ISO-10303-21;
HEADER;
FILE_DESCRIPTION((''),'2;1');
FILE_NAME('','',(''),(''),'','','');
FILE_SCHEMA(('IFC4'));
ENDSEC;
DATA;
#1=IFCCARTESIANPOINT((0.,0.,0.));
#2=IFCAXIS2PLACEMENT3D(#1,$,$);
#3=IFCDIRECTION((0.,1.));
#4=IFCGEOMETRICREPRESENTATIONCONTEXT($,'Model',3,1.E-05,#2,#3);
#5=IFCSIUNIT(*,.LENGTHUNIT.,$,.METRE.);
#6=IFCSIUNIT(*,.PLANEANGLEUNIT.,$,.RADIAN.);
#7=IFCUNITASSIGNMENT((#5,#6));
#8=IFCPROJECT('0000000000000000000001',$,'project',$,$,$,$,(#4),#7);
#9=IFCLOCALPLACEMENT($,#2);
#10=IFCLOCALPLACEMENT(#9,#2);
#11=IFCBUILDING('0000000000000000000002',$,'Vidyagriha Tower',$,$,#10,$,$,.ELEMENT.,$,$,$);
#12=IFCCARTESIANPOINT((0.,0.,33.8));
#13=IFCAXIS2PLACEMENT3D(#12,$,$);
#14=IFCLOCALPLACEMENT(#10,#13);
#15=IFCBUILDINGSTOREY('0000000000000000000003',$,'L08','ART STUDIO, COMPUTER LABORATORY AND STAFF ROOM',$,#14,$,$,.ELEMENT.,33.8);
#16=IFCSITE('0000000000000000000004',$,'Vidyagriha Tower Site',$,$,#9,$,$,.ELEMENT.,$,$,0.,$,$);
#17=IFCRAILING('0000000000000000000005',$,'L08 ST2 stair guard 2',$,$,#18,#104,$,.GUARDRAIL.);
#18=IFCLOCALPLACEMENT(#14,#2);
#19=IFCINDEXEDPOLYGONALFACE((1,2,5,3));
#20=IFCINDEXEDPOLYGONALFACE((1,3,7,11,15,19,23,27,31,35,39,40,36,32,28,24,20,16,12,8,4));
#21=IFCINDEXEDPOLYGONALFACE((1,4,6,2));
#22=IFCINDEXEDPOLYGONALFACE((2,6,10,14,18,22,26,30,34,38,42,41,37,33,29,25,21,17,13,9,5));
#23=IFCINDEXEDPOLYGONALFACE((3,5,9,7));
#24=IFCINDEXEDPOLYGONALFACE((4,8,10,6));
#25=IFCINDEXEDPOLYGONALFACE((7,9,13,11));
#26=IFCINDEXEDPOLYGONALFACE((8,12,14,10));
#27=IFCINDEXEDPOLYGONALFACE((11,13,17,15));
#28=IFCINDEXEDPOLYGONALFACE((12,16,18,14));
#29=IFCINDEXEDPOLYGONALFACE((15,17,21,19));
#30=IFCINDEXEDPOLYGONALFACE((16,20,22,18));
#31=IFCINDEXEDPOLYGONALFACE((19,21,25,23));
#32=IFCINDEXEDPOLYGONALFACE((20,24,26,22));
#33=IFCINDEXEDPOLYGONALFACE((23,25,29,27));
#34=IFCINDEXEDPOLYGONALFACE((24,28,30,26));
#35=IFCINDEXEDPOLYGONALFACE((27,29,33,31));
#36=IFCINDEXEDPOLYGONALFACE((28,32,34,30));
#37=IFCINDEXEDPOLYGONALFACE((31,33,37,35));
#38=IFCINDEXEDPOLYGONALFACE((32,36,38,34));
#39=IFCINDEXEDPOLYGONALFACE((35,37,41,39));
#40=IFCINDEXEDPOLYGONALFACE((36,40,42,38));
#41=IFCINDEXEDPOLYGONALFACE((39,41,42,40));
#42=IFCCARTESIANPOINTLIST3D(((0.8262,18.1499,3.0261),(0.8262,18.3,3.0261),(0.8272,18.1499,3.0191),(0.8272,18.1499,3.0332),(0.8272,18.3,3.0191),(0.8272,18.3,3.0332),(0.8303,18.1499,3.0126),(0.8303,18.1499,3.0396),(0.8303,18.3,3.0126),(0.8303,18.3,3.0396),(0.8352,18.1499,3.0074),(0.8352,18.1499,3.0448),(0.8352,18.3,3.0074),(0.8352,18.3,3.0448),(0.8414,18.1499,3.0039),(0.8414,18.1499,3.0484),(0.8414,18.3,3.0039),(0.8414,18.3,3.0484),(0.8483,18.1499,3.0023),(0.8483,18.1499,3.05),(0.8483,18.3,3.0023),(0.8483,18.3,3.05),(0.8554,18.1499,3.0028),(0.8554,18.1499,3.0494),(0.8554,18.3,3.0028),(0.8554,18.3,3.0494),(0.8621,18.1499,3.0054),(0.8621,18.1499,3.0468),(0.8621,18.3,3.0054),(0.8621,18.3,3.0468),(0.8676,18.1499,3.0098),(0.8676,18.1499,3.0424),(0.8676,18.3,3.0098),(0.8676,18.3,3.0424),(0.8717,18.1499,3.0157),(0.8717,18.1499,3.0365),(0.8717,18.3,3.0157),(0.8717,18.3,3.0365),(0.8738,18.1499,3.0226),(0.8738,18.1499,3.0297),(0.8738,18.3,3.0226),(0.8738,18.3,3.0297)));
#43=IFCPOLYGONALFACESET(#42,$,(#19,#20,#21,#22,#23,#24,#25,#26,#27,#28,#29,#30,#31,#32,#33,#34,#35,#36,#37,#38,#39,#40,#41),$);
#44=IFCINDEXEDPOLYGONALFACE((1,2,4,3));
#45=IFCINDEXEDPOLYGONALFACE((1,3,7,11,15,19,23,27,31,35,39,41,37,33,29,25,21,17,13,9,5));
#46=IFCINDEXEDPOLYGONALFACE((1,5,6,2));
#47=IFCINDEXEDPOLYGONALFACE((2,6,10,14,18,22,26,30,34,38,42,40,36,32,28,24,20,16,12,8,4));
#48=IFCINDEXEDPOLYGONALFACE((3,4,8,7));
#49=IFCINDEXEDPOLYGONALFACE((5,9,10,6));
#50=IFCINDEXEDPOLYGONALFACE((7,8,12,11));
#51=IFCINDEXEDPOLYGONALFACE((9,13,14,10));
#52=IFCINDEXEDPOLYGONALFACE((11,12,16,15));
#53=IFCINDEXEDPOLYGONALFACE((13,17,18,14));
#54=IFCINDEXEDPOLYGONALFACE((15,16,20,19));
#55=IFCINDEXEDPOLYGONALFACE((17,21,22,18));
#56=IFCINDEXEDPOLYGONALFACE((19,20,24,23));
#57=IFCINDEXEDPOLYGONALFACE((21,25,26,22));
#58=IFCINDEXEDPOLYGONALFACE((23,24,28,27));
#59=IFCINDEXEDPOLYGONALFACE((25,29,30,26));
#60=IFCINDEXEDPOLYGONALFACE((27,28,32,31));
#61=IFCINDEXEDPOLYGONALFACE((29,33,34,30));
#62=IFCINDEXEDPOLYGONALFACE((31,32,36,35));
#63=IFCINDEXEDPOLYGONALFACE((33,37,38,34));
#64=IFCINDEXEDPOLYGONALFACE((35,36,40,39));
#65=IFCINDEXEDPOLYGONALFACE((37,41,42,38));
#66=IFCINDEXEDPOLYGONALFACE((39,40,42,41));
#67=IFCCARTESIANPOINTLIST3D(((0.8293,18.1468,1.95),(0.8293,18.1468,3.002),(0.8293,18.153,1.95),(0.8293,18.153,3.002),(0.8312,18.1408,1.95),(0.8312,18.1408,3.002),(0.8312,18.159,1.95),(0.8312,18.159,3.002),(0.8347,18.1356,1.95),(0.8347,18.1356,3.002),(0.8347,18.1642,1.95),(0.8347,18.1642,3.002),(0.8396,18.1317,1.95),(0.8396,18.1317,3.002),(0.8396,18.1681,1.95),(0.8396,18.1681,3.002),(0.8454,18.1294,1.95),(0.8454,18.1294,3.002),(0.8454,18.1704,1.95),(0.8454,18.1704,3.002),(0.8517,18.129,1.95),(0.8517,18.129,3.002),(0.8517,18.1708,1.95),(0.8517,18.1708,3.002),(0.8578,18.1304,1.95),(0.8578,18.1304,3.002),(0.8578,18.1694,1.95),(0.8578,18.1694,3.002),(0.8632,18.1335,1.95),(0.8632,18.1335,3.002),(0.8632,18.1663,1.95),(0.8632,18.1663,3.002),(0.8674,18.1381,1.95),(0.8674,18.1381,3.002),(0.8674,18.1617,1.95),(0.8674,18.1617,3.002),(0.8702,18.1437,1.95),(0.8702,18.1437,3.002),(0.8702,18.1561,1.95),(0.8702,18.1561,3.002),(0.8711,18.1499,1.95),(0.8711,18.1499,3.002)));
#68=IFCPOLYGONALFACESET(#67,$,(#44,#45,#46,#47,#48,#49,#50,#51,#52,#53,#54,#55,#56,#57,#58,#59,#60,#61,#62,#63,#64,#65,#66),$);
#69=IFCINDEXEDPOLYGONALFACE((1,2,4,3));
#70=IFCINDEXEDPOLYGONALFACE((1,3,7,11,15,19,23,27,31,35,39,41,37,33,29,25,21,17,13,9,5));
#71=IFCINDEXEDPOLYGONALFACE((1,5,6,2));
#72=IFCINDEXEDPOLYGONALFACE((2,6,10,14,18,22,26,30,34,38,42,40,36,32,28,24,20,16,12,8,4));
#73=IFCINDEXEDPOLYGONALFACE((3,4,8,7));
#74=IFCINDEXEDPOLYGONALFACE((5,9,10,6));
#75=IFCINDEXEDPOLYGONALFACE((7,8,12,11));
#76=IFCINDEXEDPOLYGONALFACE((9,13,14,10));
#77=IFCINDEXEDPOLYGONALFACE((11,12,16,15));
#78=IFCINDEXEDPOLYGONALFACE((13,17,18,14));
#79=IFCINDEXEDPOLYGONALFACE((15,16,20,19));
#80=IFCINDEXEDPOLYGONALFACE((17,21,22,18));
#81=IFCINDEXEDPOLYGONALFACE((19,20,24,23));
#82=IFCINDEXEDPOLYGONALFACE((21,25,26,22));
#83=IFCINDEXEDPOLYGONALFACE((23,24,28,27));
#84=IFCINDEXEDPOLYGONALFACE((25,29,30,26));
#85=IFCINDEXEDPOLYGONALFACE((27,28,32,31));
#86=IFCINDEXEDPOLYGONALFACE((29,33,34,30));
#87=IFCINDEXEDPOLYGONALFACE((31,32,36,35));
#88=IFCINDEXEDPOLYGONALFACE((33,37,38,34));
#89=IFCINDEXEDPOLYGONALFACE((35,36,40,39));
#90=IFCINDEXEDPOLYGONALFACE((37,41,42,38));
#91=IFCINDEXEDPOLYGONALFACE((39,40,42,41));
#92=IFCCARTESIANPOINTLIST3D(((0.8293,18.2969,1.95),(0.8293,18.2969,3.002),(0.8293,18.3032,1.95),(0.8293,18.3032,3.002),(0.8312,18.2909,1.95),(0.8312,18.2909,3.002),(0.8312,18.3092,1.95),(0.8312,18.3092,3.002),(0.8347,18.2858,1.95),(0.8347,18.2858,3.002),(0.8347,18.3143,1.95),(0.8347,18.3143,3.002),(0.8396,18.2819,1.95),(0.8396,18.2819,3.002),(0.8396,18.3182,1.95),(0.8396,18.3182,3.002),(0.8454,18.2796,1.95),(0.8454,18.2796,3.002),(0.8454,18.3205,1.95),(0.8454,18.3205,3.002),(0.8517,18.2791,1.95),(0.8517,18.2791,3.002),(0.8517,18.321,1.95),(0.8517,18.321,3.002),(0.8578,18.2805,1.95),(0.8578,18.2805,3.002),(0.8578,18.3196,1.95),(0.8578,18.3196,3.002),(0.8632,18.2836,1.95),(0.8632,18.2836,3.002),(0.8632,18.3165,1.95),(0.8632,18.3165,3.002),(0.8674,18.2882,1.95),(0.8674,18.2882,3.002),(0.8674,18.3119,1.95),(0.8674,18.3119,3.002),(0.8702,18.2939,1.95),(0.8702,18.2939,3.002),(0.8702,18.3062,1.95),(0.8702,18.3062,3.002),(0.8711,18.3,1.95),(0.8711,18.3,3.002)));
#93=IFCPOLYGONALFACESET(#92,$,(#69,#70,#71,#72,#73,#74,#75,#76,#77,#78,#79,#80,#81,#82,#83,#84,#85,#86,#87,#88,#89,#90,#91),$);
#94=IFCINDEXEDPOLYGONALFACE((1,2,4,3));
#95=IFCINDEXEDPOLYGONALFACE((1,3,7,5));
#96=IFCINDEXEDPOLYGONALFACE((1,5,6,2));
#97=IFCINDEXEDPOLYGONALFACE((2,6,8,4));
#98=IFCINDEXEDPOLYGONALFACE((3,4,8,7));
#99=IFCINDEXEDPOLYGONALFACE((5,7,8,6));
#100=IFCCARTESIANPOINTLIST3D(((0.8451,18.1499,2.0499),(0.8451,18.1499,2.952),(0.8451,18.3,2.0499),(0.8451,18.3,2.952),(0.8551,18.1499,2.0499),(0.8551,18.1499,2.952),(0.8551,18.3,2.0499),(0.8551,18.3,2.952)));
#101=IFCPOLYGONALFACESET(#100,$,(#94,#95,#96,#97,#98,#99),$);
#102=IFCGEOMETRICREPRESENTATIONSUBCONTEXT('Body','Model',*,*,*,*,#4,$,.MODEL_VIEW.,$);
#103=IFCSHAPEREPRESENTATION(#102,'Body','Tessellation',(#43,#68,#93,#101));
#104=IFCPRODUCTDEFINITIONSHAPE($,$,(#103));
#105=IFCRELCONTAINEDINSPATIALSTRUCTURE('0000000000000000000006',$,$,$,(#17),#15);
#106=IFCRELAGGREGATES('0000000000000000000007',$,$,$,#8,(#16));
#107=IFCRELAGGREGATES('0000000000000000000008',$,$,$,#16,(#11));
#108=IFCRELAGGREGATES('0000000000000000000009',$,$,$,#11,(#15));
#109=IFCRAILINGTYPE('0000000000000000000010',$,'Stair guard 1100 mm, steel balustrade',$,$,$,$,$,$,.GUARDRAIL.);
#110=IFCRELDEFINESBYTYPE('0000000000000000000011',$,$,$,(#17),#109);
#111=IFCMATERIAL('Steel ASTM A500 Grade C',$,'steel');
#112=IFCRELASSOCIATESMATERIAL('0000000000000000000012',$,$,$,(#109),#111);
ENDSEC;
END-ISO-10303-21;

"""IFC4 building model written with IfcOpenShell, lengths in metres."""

from ifc_helpers import new_model, si_unit, direction, frame, origin, origin_2d, place, context, subcontext, project, spatial, rectangle, circle, extrude, material, type_object, element, save


model = new_model("IFC4")

# Units and contexts
model_context = context("Model", 3, precision=1e-05, world=origin(), true_north=direction((0.0, 1.0)))
body_context = subcontext(model_context, "Body", "Model", "MODEL_VIEW")
ifc_project = project(units=[si_unit("LENGTHUNIT", "METRE"), si_unit("PLANEANGLEUNIT", "RADIAN")], contexts=[model_context])

# Site, building, storey
site_placement = place(None, origin())
site = spatial("IfcSite", under=ifc_project, at=site_placement, Name="Vidyagriha Tower Site", CompositionType="ELEMENT", RefElevation=0.0)
building_placement = place(site_placement, origin())
building = spatial("IfcBuilding", under=site, at=building_placement, Name="Vidyagriha Tower", CompositionType="ELEMENT")
storey_placement = place(building_placement, frame((0.0, 0.0, 33.8)))
storey = spatial("IfcBuildingStorey", under=building, at=storey_placement, Name="L08", Description="ART STUDIO, COMPUTER LABORATORY AND STAFF ROOM", CompositionType="ELEMENT", Elevation=33.8)

# Railing
ifc_material_1 = material(Name="Steel ASTM A500 Grade C", Category="steel")
railing_type_1 = type_object("IfcRailingType", Name="Stair guard 1100 mm, steel balustrade", PredefinedType="GUARDRAIL", material=ifc_material_1)
railing_1_placement = place(storey_placement, frame((0.8501, 18.1499, 1.95)))
element("IfcRailing", 1, at=railing_1_placement, inside=storey, type_object=railing_type_1, Name="L08 ST2 stair guard 2", PredefinedType="GUARDRAIL", context=body_context, shape_type="SweptSolid", body=[
    extrude(circle(Radius=0.0239, at=origin_2d()), frame((0.0, 0.0, 1.0762), z_axis=(0.0, 1.0, 0.0), x_axis=(-1.0, 0.0, 0.0)), (0.0, 0.0, 1.0), 0.1501),
    extrude(circle(Radius=0.021, at=origin_2d()), origin(), (0.0, 0.0, 1.0), 1.052),
    extrude(circle(Radius=0.021, at=origin_2d()), frame((0.0, 0.1501, 0.0)), (0.0, 0.0, 1.0), 1.052),
    extrude(rectangle(XDim=0.01, YDim=0.9021, at=origin_2d()), frame((0.0, 0.0, 0.551), z_axis=(0.0, 1.0, 0.0), x_axis=(-1.0, 0.0, 0.0)), (0.0, 0.0, 1.0), 0.1501),
])

save(model, "model.ifc")
